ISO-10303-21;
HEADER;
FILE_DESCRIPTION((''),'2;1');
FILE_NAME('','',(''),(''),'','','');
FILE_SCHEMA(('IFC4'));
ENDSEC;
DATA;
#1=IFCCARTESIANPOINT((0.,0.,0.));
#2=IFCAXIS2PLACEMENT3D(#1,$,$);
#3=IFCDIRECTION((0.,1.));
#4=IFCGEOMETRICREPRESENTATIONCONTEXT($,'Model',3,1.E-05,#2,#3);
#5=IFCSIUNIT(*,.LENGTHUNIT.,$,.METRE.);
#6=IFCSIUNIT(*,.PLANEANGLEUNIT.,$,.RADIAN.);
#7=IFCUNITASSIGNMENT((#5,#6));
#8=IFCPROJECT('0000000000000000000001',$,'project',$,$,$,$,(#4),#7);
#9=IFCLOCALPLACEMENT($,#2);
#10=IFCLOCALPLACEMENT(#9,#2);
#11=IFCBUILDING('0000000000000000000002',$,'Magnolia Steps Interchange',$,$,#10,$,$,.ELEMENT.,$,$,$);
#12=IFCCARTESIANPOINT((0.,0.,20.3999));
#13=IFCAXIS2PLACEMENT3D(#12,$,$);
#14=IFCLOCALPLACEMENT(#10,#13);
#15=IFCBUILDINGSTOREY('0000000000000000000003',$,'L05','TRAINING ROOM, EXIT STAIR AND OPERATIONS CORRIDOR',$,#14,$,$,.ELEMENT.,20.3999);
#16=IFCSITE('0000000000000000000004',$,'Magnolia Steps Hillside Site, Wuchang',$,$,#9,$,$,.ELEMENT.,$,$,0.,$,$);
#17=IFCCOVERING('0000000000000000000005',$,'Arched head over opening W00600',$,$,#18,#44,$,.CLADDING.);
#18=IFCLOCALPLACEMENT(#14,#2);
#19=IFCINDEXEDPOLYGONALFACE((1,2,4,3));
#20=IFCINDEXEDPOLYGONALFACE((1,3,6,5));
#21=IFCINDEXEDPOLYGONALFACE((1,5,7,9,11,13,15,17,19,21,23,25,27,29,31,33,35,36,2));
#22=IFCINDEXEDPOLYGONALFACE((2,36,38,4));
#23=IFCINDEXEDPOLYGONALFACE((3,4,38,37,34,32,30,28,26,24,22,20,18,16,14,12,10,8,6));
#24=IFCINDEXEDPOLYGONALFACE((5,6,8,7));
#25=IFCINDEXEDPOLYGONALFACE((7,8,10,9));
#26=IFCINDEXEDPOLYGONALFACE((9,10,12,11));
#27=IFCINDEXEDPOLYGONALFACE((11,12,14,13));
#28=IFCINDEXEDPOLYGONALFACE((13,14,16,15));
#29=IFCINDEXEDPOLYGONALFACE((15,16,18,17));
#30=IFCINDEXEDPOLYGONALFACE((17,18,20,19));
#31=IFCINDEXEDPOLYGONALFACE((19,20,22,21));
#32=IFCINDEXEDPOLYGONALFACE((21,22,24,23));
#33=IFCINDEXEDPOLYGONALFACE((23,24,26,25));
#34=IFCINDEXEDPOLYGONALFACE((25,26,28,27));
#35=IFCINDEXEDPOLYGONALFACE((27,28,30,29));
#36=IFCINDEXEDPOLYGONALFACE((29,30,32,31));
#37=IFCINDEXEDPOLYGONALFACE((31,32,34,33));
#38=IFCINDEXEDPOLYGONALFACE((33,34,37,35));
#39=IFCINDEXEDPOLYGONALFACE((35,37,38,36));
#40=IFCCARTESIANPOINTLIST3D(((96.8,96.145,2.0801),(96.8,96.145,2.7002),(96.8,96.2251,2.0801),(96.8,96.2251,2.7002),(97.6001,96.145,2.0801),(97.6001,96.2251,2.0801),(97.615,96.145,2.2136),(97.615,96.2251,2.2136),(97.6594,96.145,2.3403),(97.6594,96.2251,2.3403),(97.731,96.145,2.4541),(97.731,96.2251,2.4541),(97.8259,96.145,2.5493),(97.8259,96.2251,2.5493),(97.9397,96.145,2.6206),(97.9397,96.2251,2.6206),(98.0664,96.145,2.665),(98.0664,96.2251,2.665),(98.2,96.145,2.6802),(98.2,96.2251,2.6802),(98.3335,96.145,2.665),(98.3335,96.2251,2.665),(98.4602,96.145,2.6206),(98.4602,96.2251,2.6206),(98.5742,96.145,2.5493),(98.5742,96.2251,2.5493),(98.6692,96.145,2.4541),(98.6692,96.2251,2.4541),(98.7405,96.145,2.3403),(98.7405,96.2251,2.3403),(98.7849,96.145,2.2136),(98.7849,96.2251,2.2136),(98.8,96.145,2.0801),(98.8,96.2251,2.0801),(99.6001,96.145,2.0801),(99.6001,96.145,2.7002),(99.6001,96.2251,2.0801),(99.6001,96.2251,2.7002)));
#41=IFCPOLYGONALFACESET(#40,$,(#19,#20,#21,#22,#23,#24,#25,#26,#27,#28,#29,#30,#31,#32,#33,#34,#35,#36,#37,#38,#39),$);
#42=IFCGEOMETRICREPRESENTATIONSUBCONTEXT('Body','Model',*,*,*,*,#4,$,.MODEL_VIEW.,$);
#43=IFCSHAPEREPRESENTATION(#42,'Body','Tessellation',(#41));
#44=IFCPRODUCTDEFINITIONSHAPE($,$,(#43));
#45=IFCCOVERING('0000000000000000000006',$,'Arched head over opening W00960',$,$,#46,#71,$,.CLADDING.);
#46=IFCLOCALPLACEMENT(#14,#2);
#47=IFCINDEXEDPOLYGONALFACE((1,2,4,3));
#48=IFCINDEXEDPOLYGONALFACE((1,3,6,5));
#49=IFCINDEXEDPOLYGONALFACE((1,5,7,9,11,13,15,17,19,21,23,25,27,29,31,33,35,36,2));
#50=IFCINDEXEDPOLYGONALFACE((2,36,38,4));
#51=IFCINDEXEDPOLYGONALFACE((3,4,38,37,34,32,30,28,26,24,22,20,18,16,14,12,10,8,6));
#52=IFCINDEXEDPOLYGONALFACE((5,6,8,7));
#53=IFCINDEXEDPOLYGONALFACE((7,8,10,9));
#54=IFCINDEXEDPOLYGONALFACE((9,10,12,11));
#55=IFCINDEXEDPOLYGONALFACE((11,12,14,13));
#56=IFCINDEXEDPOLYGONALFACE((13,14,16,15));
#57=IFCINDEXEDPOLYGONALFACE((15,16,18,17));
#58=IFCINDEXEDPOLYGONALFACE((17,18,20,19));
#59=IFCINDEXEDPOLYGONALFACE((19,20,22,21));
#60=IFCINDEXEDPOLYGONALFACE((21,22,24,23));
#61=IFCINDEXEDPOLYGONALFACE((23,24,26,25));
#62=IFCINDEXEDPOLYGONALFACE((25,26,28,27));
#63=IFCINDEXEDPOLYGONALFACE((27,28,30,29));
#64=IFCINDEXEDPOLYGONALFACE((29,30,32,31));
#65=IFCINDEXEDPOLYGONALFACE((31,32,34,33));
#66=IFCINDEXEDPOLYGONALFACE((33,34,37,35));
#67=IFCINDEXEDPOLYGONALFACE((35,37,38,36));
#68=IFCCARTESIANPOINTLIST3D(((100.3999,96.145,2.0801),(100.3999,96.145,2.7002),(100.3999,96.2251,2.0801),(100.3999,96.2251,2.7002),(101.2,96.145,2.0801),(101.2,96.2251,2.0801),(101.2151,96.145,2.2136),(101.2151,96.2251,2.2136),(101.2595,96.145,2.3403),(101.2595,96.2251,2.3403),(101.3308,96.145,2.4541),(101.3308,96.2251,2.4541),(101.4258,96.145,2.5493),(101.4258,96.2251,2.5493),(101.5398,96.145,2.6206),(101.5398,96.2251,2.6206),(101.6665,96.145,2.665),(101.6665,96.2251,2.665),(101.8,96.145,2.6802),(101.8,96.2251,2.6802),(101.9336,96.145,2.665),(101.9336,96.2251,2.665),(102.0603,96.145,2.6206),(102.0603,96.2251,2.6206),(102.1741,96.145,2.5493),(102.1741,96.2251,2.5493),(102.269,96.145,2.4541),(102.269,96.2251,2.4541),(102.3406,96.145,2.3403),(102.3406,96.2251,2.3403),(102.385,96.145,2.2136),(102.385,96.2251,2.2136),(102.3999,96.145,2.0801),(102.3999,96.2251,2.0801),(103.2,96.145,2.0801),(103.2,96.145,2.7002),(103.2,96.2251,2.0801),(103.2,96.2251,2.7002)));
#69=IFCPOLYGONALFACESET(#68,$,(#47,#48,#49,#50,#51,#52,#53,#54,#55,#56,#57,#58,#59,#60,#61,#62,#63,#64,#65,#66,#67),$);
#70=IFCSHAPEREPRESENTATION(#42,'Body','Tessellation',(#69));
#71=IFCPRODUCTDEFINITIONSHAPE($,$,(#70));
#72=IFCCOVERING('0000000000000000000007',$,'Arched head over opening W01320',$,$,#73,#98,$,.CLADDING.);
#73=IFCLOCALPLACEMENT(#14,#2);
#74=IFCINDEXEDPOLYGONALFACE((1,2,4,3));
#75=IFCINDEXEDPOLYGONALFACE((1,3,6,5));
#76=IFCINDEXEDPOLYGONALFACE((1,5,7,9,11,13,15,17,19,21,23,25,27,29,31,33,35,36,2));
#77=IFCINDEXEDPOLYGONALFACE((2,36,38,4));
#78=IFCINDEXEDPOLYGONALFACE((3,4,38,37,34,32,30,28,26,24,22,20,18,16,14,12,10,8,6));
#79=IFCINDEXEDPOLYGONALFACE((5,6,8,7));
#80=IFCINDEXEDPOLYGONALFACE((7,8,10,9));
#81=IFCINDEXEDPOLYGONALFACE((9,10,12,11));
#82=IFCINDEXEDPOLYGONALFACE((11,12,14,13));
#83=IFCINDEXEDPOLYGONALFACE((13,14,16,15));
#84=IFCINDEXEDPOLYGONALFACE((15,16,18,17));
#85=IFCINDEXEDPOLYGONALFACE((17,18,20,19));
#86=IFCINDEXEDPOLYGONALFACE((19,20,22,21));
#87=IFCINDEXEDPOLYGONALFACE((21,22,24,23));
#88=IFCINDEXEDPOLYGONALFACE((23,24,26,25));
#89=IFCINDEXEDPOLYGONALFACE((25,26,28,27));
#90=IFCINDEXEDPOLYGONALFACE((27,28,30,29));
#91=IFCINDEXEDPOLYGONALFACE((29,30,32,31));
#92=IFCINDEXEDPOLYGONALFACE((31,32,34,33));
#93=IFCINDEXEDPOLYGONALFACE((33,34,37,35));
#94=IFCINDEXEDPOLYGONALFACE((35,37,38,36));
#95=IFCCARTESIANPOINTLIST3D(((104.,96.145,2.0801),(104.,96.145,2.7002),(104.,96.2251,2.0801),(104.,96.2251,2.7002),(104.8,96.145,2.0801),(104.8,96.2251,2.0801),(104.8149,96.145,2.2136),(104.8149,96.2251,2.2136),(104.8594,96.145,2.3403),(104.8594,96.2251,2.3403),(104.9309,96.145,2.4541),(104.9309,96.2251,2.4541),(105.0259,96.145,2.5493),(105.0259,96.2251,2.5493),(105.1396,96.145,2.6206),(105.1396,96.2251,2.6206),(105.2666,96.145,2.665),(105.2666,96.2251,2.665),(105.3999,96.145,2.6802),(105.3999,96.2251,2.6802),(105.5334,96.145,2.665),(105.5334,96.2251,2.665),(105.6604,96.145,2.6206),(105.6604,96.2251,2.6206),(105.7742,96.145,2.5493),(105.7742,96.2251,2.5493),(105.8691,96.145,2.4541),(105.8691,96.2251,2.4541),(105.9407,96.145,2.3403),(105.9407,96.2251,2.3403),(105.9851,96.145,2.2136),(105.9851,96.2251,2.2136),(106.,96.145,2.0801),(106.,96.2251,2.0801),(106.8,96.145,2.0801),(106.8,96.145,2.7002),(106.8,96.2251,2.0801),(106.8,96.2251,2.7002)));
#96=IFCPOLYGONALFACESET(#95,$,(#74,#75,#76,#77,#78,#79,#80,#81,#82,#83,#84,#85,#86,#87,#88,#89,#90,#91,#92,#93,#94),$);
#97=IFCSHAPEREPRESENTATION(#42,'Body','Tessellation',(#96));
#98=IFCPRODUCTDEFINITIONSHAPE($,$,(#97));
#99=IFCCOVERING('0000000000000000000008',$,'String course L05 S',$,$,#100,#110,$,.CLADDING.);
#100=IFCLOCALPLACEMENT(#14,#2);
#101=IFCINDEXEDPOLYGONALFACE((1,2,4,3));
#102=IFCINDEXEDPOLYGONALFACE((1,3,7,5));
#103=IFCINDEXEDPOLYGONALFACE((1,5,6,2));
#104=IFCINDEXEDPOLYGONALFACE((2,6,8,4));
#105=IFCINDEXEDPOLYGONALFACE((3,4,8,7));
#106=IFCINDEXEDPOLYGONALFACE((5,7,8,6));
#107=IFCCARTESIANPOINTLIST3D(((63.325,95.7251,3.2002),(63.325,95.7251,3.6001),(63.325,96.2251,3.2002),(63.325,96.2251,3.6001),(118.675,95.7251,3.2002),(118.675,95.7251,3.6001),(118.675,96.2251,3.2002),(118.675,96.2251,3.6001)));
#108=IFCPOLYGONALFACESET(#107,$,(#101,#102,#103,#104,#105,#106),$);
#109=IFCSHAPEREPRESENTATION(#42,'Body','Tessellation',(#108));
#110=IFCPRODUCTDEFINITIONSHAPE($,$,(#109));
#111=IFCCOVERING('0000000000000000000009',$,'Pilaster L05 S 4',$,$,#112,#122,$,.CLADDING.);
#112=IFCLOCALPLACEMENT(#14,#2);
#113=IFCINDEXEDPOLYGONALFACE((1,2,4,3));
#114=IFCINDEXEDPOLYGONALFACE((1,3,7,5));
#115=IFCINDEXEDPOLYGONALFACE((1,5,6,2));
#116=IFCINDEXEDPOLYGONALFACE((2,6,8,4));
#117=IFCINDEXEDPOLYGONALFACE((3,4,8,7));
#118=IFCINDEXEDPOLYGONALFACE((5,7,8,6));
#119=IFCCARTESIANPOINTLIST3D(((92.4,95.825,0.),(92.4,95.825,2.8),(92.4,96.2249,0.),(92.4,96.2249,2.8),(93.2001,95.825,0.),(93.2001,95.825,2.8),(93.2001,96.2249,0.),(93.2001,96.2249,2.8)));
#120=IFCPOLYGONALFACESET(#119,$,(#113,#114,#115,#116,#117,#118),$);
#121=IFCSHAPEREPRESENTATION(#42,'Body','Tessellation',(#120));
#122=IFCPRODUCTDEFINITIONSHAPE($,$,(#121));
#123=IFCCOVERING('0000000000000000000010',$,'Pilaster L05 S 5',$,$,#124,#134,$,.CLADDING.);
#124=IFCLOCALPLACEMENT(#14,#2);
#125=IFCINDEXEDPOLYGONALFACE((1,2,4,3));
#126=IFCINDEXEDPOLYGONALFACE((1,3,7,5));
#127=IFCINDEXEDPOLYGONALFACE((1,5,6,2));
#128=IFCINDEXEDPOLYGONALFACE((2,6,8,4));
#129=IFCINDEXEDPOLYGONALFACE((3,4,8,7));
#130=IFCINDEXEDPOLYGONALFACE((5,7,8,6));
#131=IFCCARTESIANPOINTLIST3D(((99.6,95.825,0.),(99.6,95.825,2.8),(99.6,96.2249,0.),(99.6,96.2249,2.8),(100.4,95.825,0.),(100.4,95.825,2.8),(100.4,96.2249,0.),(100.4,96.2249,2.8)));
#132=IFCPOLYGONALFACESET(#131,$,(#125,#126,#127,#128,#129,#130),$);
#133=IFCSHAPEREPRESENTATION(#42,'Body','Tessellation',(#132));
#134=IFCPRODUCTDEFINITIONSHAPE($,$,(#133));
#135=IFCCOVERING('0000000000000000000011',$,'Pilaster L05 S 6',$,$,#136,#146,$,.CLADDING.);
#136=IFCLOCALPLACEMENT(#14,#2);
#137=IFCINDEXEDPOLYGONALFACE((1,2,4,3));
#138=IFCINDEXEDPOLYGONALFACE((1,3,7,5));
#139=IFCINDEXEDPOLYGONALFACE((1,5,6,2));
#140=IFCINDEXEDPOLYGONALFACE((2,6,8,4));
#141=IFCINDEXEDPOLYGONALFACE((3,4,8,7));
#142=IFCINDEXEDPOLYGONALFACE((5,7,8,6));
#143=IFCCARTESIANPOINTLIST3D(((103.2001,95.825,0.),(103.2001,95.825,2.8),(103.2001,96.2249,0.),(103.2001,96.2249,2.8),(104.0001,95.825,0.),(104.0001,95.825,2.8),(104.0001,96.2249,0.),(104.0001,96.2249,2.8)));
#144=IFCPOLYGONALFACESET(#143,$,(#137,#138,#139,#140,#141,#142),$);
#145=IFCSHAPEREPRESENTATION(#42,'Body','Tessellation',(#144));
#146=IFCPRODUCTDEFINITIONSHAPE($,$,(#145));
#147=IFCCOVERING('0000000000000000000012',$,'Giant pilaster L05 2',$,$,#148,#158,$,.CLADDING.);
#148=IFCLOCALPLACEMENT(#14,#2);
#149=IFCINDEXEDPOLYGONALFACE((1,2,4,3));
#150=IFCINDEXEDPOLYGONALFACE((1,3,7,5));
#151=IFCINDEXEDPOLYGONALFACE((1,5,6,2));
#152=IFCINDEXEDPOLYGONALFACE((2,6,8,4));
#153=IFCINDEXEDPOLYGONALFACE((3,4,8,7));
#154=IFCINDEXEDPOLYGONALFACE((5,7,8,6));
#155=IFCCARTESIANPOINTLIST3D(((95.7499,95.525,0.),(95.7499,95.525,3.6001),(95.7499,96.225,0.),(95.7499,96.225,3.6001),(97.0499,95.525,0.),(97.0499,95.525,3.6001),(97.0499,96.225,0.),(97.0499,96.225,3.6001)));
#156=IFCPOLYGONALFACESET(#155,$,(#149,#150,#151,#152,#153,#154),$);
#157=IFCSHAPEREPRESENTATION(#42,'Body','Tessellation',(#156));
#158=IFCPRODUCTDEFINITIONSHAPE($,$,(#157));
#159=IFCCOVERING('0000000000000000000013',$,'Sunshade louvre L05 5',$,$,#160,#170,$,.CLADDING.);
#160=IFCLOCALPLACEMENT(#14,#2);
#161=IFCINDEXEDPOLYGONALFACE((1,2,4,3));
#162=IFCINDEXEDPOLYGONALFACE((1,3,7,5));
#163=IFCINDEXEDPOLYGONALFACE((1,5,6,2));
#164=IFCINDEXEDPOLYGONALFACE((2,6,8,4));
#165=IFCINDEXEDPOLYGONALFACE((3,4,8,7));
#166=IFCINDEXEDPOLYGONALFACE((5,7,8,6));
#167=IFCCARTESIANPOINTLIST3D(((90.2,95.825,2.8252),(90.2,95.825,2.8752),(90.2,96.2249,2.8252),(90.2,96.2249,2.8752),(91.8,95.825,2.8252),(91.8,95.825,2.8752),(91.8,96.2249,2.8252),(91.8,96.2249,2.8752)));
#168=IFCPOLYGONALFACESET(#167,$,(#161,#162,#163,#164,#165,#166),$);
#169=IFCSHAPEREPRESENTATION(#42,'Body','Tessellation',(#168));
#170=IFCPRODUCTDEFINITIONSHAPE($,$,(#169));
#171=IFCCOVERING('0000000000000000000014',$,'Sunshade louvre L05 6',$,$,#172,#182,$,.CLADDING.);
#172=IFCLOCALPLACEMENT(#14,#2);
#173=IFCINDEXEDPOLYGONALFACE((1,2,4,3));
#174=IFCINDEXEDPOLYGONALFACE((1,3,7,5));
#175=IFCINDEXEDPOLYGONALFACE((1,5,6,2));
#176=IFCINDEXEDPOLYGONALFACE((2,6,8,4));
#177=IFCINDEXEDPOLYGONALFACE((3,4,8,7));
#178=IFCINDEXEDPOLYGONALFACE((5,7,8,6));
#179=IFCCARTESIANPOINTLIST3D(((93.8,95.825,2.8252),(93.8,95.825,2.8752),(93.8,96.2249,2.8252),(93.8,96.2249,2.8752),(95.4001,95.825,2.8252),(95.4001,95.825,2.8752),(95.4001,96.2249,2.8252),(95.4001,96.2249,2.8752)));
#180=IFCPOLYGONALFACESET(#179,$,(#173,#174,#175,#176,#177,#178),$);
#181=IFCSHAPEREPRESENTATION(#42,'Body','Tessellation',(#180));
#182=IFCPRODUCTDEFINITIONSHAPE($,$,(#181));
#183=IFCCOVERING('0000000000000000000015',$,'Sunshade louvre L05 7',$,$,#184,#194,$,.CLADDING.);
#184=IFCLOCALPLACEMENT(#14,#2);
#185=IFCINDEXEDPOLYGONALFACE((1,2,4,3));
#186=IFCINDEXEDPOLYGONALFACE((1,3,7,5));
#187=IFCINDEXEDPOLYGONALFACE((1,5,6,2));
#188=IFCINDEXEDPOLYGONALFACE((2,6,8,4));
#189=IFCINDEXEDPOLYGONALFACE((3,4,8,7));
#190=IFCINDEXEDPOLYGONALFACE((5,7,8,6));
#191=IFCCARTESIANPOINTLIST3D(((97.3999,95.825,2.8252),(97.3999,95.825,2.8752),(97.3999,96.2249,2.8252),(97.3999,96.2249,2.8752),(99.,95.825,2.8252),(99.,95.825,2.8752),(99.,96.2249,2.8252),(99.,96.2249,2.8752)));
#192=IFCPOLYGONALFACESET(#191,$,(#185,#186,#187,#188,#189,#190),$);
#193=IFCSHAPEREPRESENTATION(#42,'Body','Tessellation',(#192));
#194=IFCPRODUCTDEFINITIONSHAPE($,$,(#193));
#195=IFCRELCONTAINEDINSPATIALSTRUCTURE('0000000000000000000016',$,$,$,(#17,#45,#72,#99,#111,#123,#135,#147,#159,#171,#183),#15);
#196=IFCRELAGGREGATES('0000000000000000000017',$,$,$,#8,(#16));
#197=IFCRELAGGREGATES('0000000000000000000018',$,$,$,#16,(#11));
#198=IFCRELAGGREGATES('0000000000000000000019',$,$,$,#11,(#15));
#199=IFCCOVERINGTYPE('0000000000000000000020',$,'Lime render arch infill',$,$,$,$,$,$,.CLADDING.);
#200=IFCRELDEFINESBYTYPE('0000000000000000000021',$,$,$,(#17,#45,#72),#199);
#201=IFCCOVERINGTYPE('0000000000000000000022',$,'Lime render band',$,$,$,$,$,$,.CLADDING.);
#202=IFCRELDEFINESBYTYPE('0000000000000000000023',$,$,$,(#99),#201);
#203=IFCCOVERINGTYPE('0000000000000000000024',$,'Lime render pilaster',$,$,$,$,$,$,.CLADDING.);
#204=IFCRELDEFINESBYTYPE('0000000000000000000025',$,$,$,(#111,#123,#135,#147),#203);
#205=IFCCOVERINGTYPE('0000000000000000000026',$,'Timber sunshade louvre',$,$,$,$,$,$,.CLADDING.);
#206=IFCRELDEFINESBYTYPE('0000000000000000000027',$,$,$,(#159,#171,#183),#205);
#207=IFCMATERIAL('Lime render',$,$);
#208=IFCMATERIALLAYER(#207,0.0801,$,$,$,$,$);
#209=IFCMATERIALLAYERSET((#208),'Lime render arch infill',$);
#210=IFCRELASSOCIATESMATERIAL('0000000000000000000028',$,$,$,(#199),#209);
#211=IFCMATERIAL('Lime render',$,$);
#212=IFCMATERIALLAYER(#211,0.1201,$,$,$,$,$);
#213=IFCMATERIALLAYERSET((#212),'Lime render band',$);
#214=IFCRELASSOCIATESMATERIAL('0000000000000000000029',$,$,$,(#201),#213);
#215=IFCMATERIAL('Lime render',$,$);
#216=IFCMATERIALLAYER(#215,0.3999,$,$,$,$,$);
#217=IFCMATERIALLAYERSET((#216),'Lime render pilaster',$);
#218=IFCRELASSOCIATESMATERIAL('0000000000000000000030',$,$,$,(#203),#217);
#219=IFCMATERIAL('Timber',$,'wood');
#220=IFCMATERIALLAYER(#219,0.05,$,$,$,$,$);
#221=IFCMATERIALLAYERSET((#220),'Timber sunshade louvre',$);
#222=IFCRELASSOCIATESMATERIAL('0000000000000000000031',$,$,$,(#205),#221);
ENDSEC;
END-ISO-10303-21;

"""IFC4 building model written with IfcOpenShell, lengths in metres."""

from ifc_helpers import new_model, si_unit, direction, frame, origin, origin_2d, place, context, subcontext, project, spatial, polyline, rectangle, outline, extrude, material, layer, layer_set, type_object, element, save


model = new_model("IFC4")

# Units and contexts
model_context = context("Model", 3, precision=1e-05, world=origin(), true_north=direction((0.0, 1.0)))
body_context = subcontext(model_context, "Body", "Model", "MODEL_VIEW")
ifc_project = project(units=[si_unit("LENGTHUNIT", "METRE"), si_unit("PLANEANGLEUNIT", "RADIAN")], contexts=[model_context])

# Site, building, storey
site_placement = place(None, origin())
site = spatial("IfcSite", under=ifc_project, at=site_placement, Name="Magnolia Steps Hillside Site, Wuchang", CompositionType="ELEMENT", RefElevation=0.0)
building_placement = place(site_placement, origin())
building = spatial("IfcBuilding", under=site, at=building_placement, Name="Magnolia Steps Interchange", CompositionType="ELEMENT")
storey_placement = place(building_placement, frame((0.0, 0.0, 20.3999)))
storey = spatial("IfcBuildingStorey", under=building, at=storey_placement, Name="L05", Description="TRAINING ROOM, EXIT STAIR AND OPERATIONS CORRIDOR", CompositionType="ELEMENT", Elevation=20.3999)

# Coverings
ifc_material_1 = material(Name="Lime render")
ifc_layer_1 = layer(ifc_material_1, 0.0801)
ifc_layer_set_1 = layer_set([ifc_layer_1], Name="Lime render arch infill")
covering_type_1 = type_object("IfcCoveringType", Name="Lime render arch infill", PredefinedType="CLADDING", material=ifc_layer_set_1)
covering_1_placement = place(storey_placement, frame((96.8, 96.2251, 2.0801), z_axis=(0.0, 1.0, 0.0), x_axis=(0.0, 0.0, 1.0)))
element("IfcCovering", 1, at=covering_1_placement, inside=storey, type_object=covering_type_1, Name="Arched head over opening W00600", PredefinedType="CLADDING", context=body_context, shape_type="SweptSolid", body=[
    extrude(outline(polyline([(0.0, 0.0), (0.6201, 0.0), (0.6201, 2.8), (0.0, 2.8), (0.0, 2.0), (0.1335, 1.9849), (0.2603, 1.9404), (0.374, 1.8691), (0.4692, 1.7742), (0.5405, 1.6602), (0.585, 1.5334), (0.6001, 1.3999), (0.585, 1.2664), (0.5405, 1.1396), (0.4692, 1.0259), (0.374, 0.9309), (0.2603, 0.8594), (0.1335, 0.8149), (0.0, 0.8), (0.0, 0.0)])), origin(), (0.0, 0.0, -1.0), 0.0801),
])
covering_2_placement = place(storey_placement, frame((100.3999, 96.2251, 2.0801), z_axis=(0.0, 1.0, 0.0), x_axis=(0.0, 0.0, 1.0)))
element("IfcCovering", 2, at=covering_2_placement, inside=storey, type_object=covering_type_1, Name="Arched head over opening W00960", PredefinedType="CLADDING", context=body_context, shape_type="SweptSolid", body=[
    extrude(outline(polyline([(0.0, 0.0), (0.6201, 0.0), (0.6201, 2.8), (0.0, 2.8), (0.0, 2.0), (0.1335, 1.9851), (0.2603, 1.9407), (0.374, 1.8691), (0.4692, 1.7742), (0.5405, 1.6604), (0.585, 1.5337), (0.6001, 1.4001), (0.585, 1.2666), (0.5405, 1.1399), (0.4692, 1.0259), (0.374, 0.9309), (0.2603, 0.8596), (0.1335, 0.8152), (0.0, 0.8), (0.0, 0.0)])), origin(), (0.0, 0.0, -1.0), 0.0801),
])
covering_3_placement = place(storey_placement, frame((104.0, 96.2251, 2.0801), z_axis=(0.0, 1.0, 0.0), x_axis=(0.0, 0.0, 1.0)))
element("IfcCovering", 3, at=covering_3_placement, inside=storey, type_object=covering_type_1, Name="Arched head over opening W01320", PredefinedType="CLADDING", context=body_context, shape_type="SweptSolid", body=[
    extrude(outline(polyline([(0.0, 0.0), (0.6201, 0.0), (0.6201, 2.8), (0.0, 2.8), (0.0, 2.0), (0.1335, 1.9851), (0.2603, 1.9407), (0.374, 1.8691), (0.4692, 1.7742), (0.5405, 1.6604), (0.585, 1.5334), (0.6001, 1.3999), (0.585, 1.2666), (0.5405, 1.1396), (0.4692, 1.0259), (0.374, 0.9309), (0.2603, 0.8594), (0.1335, 0.8149), (0.0, 0.8), (0.0, 0.0)])), origin(), (0.0, 0.0, -1.0), 0.0801),
])
ifc_material_2 = material(Name="Lime render")
ifc_layer_2 = layer(ifc_material_2, 0.1201)
ifc_layer_set_2 = layer_set([ifc_layer_2], Name="Lime render band")
covering_type_2 = type_object("IfcCoveringType", Name="Lime render band", PredefinedType="CLADDING", material=ifc_layer_set_2)
covering_4_placement = place(storey_placement, frame((91.0, 95.9751, 3.2002), z_axis=(0.0, 0.0, 1.0), x_axis=(1.0, 0.0, 0.0)))
element("IfcCovering", 4, at=covering_4_placement, inside=storey, type_object=covering_type_2, Name="String course L05 S", PredefinedType="CLADDING", context=body_context, shape_type="SweptSolid", body=[
    extrude(rectangle(XDim=55.3501, YDim=0.5, at=origin_2d()), origin(), (0.0, 0.0, 1.0), 0.3999),
])
ifc_material_3 = material(Name="Lime render")
ifc_layer_3 = layer(ifc_material_3, 0.3999)
ifc_layer_set_3 = layer_set([ifc_layer_3], Name="Lime render pilaster")
covering_type_3 = type_object("IfcCoveringType", Name="Lime render pilaster", PredefinedType="CLADDING", material=ifc_layer_set_3)
for number, where, z_axis, x_axis, name in (
    (5, (92.8, 96.0249, 0.0), (0.0, 0.0, 1.0), (1.0, 0.0, 0.0), "Pilaster L05 S 4"),
    (6, (100.0, 96.0249, 0.0), (0.0, 0.0, 1.0), (1.0, 0.0, 0.0), "Pilaster L05 S 5"),
    (7, (103.6001, 96.0249, 0.0), (0.0, 0.0, 1.0), (1.0, 0.0, 0.0), "Pilaster L05 S 6"),
):
    element("IfcCovering", number, at=place(storey_placement, frame(where, z_axis=z_axis, x_axis=x_axis)), inside=storey, type_object=covering_type_3, Name=name, PredefinedType="CLADDING", context=body_context, shape_type="SweptSolid", body=[
        extrude(rectangle(XDim=0.8, YDim=0.3999, at=origin_2d()), origin(), (0.0, 0.0, 1.0), 2.8),
    ])
covering_5_placement = place(storey_placement, frame((96.3999, 95.875, 0.0), z_axis=(0.0, 0.0, 1.0), x_axis=(1.0, 0.0, 0.0)))
element("IfcCovering", 8, at=covering_5_placement, inside=storey, type_object=covering_type_3, Name="Giant pilaster L05 2", PredefinedType="CLADDING", context=body_context, shape_type="SweptSolid", body=[
    extrude(rectangle(XDim=1.3, YDim=0.7, at=origin_2d()), origin(), (0.0, 0.0, 1.0), 3.6001),
])
ifc_material_4 = material(Name="Timber", Category="wood")
ifc_layer_4 = layer(ifc_material_4, 0.05)
ifc_layer_set_4 = layer_set([ifc_layer_4], Name="Timber sunshade louvre")
covering_type_4 = type_object("IfcCoveringType", Name="Timber sunshade louvre", PredefinedType="CLADDING", material=ifc_layer_set_4)
for number, where, z_axis, x_axis, name in (
    (9, (91.0, 96.0249, 2.8252), (0.0, 0.0, 1.0), (1.0, 0.0, 0.0), "Sunshade louvre L05 5"),
    (10, (94.6001, 96.0249, 2.8252), (0.0, 0.0, 1.0), (1.0, 0.0, 0.0), "Sunshade louvre L05 6"),
    (11, (98.2, 96.0249, 2.8252), (0.0, 0.0, 1.0), (1.0, 0.0, 0.0), "Sunshade louvre L05 7"),
):
    element("IfcCovering", number, at=place(storey_placement, frame(where, z_axis=z_axis, x_axis=x_axis)), inside=storey, type_object=covering_type_4, Name=name, PredefinedType="CLADDING", context=body_context, shape_type="SweptSolid", body=[
        extrude(rectangle(XDim=1.6001, YDim=0.3999, at=origin_2d()), origin(), (0.0, 0.0, 1.0), 0.05),
    ])

save(model, "model.ifc")
